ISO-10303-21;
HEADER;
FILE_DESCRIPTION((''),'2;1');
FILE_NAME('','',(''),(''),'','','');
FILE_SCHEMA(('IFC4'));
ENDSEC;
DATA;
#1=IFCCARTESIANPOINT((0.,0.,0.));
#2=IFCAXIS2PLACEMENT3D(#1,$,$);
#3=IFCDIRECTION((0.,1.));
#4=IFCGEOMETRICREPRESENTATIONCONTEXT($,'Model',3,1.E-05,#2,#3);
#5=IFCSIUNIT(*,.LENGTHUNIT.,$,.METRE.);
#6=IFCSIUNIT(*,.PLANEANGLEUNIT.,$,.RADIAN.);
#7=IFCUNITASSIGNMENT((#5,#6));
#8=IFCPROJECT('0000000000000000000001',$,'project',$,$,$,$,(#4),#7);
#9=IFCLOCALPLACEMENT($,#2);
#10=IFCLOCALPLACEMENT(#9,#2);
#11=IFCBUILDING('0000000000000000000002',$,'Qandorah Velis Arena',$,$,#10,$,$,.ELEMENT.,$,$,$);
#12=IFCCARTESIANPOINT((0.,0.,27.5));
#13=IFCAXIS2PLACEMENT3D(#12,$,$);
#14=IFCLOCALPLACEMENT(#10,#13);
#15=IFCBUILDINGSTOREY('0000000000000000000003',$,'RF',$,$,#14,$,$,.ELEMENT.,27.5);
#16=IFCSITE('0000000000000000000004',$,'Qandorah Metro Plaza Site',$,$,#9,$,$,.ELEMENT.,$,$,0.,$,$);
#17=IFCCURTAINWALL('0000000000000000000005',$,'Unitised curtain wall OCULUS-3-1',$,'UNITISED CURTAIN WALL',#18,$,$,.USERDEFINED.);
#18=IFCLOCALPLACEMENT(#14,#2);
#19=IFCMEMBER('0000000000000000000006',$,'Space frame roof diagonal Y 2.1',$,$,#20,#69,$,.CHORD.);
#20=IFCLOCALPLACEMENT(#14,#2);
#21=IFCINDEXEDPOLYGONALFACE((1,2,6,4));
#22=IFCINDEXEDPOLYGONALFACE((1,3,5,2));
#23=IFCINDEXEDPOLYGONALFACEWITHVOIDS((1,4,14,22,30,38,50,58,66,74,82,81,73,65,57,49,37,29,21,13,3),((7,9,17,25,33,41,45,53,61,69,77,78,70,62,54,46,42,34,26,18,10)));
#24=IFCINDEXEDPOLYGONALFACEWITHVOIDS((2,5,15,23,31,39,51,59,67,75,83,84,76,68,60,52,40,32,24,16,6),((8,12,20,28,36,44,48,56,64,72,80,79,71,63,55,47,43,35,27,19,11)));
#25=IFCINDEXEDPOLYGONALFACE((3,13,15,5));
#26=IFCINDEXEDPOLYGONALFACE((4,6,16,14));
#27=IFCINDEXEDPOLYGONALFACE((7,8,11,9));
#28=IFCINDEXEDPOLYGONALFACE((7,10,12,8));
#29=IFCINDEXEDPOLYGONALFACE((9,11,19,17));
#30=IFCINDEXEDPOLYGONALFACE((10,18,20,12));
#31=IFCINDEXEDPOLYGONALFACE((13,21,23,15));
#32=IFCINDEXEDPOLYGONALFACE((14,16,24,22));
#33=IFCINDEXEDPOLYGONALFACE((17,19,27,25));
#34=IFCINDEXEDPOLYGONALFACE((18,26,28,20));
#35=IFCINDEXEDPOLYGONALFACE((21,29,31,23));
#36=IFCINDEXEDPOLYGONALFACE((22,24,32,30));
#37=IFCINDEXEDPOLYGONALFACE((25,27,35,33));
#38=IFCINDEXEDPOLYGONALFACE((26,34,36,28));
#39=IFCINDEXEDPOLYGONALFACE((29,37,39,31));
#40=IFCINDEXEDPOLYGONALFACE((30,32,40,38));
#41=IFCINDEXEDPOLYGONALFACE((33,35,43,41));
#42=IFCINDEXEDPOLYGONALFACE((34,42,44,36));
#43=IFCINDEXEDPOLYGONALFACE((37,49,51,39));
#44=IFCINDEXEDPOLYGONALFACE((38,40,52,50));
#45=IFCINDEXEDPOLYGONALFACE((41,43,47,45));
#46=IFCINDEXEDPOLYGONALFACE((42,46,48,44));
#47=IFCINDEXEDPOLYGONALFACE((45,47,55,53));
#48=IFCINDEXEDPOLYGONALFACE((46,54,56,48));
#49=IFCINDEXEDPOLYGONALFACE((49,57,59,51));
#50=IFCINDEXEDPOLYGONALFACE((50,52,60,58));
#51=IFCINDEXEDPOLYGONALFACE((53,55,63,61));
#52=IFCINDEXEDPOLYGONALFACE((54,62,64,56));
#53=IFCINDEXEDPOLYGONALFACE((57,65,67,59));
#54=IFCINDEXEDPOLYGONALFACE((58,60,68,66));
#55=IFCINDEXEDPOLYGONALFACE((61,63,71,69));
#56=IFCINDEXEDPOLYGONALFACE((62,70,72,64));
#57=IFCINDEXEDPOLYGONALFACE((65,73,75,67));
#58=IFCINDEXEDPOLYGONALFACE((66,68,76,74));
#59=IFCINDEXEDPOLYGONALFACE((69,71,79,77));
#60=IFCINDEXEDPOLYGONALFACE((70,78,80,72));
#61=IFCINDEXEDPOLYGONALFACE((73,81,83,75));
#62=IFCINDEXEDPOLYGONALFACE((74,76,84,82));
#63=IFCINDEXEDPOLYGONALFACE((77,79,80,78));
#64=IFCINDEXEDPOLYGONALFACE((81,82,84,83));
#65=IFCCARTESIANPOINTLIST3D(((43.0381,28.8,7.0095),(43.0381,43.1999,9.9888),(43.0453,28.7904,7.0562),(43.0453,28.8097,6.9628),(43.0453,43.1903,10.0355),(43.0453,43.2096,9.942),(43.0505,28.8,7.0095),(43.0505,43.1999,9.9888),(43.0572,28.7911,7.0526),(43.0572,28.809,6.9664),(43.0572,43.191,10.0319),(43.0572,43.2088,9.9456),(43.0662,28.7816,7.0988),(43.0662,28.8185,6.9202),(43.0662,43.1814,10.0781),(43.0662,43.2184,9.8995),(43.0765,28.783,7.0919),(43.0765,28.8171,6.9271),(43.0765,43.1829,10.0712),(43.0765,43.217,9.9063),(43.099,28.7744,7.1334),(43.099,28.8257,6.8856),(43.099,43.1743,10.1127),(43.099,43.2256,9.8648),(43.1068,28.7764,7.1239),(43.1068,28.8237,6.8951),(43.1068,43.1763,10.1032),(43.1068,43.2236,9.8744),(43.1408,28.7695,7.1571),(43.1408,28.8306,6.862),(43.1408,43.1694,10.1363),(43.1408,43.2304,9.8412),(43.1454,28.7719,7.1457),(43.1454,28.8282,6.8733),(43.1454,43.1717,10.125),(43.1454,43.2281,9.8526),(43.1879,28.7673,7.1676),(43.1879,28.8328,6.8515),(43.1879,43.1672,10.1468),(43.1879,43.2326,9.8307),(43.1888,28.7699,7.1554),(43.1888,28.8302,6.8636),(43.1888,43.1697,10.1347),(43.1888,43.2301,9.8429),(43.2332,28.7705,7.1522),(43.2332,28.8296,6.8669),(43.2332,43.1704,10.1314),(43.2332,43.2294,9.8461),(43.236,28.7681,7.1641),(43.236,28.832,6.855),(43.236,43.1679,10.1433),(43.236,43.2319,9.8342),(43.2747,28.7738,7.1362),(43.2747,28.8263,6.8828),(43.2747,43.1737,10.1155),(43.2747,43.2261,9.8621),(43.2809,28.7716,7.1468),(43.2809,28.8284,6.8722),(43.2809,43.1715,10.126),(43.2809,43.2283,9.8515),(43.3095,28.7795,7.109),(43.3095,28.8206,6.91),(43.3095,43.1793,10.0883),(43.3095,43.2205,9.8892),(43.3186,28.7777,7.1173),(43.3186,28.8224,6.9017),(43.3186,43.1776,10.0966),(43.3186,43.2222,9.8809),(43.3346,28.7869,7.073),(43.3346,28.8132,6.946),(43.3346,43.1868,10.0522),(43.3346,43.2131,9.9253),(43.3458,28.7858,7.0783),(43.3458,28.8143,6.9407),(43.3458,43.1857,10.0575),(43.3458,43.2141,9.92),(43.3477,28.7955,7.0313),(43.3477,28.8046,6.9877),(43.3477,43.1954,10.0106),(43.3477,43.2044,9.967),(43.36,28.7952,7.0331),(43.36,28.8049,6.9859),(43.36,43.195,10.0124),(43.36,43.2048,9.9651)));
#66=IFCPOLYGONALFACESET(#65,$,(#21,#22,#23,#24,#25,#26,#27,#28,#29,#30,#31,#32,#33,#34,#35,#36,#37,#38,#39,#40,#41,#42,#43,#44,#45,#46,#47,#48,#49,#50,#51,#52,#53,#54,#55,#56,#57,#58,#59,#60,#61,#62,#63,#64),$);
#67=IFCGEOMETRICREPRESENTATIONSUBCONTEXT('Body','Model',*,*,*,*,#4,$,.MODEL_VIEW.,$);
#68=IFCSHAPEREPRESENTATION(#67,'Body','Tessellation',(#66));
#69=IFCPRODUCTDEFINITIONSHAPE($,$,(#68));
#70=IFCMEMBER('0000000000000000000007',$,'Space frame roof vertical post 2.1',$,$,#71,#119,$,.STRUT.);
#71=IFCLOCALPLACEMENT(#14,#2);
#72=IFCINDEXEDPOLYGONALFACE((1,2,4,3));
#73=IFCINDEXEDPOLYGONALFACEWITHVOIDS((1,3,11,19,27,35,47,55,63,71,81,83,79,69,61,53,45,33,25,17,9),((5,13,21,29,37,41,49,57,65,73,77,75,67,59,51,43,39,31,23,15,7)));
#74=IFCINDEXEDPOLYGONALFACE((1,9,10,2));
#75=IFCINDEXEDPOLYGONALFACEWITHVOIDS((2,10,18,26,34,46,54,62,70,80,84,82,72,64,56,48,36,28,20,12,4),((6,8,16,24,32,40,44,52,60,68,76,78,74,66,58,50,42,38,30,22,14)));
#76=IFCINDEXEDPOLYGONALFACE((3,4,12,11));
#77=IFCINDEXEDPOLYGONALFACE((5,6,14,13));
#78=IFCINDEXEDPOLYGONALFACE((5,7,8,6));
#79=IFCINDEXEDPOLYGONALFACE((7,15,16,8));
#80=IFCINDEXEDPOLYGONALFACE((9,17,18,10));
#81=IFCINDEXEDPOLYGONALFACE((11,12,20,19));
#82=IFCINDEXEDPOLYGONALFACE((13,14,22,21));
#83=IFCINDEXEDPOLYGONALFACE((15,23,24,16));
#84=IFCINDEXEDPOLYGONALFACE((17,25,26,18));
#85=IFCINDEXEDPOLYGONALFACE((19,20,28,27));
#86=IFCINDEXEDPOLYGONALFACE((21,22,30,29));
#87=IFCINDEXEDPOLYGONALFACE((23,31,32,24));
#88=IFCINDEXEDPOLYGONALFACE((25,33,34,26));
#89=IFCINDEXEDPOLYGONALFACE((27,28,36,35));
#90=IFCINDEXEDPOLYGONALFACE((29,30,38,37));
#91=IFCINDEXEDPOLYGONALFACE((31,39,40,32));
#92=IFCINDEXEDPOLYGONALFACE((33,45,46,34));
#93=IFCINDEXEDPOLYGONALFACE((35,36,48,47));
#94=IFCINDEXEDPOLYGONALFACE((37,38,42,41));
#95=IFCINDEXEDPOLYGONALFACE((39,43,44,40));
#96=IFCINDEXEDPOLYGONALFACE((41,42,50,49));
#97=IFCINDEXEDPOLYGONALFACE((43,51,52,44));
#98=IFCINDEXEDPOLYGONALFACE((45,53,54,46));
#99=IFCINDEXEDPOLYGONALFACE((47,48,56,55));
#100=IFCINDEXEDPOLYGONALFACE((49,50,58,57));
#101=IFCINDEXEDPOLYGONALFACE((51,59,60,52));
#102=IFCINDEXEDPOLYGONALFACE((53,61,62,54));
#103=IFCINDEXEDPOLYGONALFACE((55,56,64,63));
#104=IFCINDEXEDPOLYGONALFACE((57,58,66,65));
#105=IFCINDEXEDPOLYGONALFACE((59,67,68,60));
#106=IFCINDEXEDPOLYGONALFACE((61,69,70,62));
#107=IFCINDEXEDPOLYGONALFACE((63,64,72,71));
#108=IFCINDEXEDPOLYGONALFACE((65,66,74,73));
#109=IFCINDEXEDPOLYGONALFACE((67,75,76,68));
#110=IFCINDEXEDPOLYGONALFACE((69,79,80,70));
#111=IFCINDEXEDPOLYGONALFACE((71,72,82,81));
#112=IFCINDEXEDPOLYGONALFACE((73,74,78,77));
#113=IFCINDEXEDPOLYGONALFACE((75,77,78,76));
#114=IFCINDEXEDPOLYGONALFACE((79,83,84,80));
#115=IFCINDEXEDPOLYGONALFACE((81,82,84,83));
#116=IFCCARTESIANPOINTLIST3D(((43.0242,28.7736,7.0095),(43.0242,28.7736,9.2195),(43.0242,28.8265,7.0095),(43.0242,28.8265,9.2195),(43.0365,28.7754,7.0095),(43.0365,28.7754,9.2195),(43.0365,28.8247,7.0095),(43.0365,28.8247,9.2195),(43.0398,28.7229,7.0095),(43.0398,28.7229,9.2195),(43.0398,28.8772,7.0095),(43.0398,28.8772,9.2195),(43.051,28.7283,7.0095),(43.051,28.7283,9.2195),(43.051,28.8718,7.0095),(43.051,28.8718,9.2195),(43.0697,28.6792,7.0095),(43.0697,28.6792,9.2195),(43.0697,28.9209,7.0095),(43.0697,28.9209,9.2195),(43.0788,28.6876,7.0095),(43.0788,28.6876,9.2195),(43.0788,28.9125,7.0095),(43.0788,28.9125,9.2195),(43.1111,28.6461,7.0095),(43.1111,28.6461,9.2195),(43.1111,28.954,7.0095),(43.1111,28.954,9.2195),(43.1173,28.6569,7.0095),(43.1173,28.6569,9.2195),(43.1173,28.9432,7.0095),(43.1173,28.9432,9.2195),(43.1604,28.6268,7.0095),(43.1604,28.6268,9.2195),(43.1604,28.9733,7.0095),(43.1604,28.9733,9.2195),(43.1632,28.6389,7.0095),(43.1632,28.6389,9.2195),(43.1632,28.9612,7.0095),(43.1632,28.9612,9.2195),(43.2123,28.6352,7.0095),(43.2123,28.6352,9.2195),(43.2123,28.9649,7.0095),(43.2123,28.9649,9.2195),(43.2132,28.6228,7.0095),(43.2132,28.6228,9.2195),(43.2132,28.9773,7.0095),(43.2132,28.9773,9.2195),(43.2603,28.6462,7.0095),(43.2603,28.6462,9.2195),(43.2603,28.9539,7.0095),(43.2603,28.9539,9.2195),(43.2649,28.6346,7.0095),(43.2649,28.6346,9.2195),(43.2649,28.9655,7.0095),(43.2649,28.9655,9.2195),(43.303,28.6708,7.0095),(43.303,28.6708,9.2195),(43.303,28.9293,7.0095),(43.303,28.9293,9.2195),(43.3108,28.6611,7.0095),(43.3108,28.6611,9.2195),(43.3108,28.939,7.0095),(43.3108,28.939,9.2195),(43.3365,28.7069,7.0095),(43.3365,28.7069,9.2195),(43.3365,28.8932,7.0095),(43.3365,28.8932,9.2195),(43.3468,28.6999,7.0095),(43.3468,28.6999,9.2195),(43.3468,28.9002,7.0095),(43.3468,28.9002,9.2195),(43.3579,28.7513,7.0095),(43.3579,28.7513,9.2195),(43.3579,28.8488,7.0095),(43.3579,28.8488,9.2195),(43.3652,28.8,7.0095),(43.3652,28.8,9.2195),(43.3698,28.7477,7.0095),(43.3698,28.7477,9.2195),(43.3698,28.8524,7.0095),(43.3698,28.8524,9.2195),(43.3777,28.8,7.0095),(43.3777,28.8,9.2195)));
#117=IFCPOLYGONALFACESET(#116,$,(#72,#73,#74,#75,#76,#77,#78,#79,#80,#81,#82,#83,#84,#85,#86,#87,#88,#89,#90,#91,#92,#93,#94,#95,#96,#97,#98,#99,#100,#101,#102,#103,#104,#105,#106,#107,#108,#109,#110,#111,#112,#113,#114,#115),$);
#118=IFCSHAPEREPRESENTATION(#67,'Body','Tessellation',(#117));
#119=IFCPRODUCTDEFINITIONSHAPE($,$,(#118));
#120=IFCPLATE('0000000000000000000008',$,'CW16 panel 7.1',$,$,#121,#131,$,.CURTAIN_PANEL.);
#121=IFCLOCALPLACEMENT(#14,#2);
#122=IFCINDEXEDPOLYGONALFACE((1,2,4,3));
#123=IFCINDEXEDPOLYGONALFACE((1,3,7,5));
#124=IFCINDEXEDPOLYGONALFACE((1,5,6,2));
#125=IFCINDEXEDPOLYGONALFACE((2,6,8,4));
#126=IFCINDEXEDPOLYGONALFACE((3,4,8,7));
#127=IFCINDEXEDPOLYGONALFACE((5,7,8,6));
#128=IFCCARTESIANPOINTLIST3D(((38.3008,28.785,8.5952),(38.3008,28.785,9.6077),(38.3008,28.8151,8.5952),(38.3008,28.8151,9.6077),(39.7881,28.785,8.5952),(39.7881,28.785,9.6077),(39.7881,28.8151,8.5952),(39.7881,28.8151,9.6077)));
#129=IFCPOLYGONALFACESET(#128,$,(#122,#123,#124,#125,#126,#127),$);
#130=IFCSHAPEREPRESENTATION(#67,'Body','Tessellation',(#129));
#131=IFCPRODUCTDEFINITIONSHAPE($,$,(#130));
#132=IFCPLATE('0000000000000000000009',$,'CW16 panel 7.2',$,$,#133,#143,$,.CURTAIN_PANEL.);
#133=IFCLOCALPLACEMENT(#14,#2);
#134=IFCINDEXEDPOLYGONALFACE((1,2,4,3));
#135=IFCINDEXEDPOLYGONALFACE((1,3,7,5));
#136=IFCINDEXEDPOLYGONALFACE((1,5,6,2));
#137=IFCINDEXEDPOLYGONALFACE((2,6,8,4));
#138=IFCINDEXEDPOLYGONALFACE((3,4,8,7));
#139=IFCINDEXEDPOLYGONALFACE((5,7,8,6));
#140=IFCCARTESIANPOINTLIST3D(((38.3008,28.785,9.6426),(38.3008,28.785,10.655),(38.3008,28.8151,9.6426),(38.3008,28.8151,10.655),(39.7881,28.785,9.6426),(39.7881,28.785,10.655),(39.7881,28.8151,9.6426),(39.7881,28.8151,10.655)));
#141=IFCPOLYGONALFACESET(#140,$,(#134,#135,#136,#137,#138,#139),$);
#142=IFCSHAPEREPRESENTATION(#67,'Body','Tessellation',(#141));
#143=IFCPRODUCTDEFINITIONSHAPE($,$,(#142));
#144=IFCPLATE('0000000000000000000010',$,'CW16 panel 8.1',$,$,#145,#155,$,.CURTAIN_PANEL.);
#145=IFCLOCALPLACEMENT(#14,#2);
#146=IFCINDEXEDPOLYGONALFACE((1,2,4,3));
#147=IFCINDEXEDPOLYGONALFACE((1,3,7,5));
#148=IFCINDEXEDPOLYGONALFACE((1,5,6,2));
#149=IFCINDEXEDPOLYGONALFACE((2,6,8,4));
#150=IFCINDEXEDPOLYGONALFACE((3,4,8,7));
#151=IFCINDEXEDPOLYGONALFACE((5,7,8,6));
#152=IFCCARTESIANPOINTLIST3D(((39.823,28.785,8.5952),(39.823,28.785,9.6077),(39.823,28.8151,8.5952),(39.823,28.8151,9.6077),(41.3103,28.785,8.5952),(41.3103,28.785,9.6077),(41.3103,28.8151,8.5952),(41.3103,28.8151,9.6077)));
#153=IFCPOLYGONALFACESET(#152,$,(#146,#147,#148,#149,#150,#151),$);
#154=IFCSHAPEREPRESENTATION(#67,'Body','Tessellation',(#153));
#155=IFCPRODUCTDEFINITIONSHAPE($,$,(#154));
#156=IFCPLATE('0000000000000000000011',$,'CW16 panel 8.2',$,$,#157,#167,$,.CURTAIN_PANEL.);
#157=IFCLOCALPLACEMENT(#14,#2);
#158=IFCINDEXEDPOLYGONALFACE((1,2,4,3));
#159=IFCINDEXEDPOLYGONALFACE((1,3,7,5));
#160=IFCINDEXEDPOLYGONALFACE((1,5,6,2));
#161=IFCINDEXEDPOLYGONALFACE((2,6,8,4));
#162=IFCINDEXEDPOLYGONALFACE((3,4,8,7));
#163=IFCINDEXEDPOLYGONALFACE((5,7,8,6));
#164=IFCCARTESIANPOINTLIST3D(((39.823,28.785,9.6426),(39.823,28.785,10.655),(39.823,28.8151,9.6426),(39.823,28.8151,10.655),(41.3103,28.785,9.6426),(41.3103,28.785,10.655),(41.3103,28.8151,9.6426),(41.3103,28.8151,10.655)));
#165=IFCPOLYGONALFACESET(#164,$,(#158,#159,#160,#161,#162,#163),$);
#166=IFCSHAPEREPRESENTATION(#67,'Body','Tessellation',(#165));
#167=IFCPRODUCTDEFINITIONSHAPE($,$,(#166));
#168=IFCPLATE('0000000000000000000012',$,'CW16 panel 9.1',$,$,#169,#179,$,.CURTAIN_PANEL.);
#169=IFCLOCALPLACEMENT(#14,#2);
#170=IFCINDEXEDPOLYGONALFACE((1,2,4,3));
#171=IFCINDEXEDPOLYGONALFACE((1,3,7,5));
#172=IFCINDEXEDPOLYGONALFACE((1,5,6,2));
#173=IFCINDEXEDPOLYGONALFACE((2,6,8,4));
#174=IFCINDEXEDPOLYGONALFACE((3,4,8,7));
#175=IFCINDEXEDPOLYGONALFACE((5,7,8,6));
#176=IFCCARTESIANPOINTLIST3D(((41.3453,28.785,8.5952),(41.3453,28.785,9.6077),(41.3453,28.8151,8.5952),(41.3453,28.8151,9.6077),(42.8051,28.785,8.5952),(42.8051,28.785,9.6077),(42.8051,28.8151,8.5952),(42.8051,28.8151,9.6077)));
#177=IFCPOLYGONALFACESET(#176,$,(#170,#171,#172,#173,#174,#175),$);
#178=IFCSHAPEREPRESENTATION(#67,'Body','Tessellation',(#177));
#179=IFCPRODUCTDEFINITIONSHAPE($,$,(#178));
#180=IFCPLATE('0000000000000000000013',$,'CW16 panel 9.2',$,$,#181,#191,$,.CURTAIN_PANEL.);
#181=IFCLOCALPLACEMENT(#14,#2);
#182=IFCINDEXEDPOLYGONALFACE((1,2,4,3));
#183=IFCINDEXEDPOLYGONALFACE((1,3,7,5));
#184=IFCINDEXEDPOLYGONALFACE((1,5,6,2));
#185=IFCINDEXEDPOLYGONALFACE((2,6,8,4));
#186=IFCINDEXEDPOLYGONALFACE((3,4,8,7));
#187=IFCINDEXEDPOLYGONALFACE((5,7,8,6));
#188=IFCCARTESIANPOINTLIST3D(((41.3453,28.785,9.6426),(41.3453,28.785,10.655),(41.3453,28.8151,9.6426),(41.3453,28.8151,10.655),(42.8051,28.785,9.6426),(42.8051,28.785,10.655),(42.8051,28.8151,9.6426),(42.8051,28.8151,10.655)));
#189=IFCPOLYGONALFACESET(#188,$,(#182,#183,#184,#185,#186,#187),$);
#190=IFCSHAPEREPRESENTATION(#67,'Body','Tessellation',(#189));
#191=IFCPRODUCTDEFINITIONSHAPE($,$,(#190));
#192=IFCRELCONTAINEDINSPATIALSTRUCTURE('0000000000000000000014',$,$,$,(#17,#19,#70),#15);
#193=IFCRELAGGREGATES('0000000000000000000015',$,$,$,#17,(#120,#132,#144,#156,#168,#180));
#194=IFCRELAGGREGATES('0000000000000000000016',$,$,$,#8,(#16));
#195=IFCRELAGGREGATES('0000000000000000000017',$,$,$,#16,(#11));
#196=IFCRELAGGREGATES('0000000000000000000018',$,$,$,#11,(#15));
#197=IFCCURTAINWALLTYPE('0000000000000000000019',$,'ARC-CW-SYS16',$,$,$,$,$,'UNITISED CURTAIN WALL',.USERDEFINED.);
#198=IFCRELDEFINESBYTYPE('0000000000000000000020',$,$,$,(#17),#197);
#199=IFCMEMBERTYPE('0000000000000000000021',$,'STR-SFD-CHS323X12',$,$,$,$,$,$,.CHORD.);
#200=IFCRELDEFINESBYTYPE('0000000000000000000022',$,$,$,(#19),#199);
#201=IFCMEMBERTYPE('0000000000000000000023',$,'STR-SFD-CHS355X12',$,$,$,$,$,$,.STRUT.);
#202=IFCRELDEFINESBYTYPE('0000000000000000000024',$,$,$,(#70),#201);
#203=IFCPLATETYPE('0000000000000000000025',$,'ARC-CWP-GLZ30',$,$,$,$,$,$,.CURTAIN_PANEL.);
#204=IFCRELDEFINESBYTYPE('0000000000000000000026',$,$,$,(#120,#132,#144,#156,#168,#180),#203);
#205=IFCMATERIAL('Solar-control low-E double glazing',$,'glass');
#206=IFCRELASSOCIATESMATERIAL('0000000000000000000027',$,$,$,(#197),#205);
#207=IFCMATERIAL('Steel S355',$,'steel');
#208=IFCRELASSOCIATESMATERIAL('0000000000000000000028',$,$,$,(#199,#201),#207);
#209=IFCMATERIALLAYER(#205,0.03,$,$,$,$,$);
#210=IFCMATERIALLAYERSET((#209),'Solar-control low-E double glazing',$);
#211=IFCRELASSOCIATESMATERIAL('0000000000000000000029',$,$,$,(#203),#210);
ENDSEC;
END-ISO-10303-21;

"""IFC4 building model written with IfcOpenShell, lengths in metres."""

from ifc_helpers import new_model, si_unit, direction, frame, origin, origin_2d, place, context, subcontext, project, spatial, rectangle, hollow_circle, extrude, material, layer, layer_set, material_profile, profile_set, type_object, element, aggregate, save


model = new_model("IFC4")

# Units and contexts
model_context = context("Model", 3, precision=1e-05, world=origin(), true_north=direction((0.0, 1.0)))
body_context = subcontext(model_context, "Body", "Model", "MODEL_VIEW")
ifc_project = project(units=[si_unit("LENGTHUNIT", "METRE"), si_unit("PLANEANGLEUNIT", "RADIAN")], contexts=[model_context])

# Site, building, storey
site_placement = place(None, origin())
site = spatial("IfcSite", under=ifc_project, at=site_placement, Name="Qandorah Metro Plaza Site", CompositionType="ELEMENT", RefElevation=0.0)
building_placement = place(site_placement, origin())
building = spatial("IfcBuilding", under=site, at=building_placement, Name="Qandorah Velis Arena", CompositionType="ELEMENT")
storey_placement = place(building_placement, frame((0.0, 0.0, 27.5)))
storey = spatial("IfcBuildingStorey", under=building, at=storey_placement, Name="RF", CompositionType="ELEMENT", Elevation=27.5)

# Curtain wall
ifc_material_1 = material(Name="Solar-control low-E double glazing", Category="glass")
curtain_wall_type_1 = type_object("IfcCurtainWallType", Name="ARC-CW-SYS16", ElementType="UNITISED CURTAIN WALL", PredefinedType="USERDEFINED", material=ifc_material_1)
curtain_wall_1_placement = place(storey_placement, origin())
curtain_wall_1 = element("IfcCurtainWall", 1, at=curtain_wall_1_placement, inside=storey, type_object=curtain_wall_type_1, Name="Unitised curtain wall OCULUS-3-1", ObjectType="UNITISED CURTAIN WALL", PredefinedType="USERDEFINED")

# Shared definitions
ifc_material_2 = material(Name="Steel S355", Category="steel")

# Members
ifc_material_profile_1 = material_profile(ifc_material_2, hollow_circle(Radius=0.1619, WallThickness=0.0125, at=origin_2d()), Name="CHS 323.9x12.5")
ifc_profile_set_1 = profile_set([ifc_material_profile_1], Name="Steel S355")
member_type_1 = type_object("IfcMemberType", Name="STR-SFD-CHS323X12", PredefinedType="CHORD", material=ifc_profile_set_1)
member_1_placement = place(storey_placement, frame((43.2, 28.8, 7.0095), z_axis=(0.0, 0.979261, 0.202603), x_axis=(-1.0, 0.0, 0.0)))
element("IfcMember", 2, at=member_1_placement, inside=storey, type_object=member_type_1, Name="Space frame roof diagonal Y 2.1", PredefinedType="CHORD", context=body_context, shape_type="SweptSolid", body=[
    extrude(hollow_circle(Radius=0.1619, WallThickness=0.0125, at=origin_2d()), origin(), (0.0, 0.0, 1.0), 14.7048),
])
ifc_material_profile_2 = material_profile(ifc_material_2, hollow_circle(Radius=0.1777, WallThickness=0.0125, at=origin_2d()), Name="CHS 355.6x12.5")
ifc_profile_set_2 = profile_set([ifc_material_profile_2], Name="Steel S355")
member_type_2 = type_object("IfcMemberType", Name="STR-SFD-CHS355X12", PredefinedType="STRUT", material=ifc_profile_set_2)
member_2_placement = place(storey_placement, frame((43.2, 28.8, 7.0095), z_axis=(0.0, 0.0, 1.0), x_axis=(1.0, 0.0, 0.0)))
element("IfcMember", 3, at=member_2_placement, inside=storey, type_object=member_type_2, Name="Space frame roof vertical post 2.1", PredefinedType="STRUT", context=body_context, shape_type="SweptSolid", body=[
    extrude(hollow_circle(Radius=0.1777, WallThickness=0.0125, at=origin_2d()), origin(), (0.0, 0.0, 1.0), 2.21),
])

# Plates
ifc_layer = layer(ifc_material_1, 0.03)
ifc_layer_set = layer_set([ifc_layer], Name="Solar-control low-E double glazing")
plate_type = type_object("IfcPlateType", Name="ARC-CWP-GLZ30", PredefinedType="CURTAIN_PANEL", material=ifc_layer_set)
plate_1_placement = place(storey_placement, frame((39.0444, 28.8, 8.5952), z_axis=(0.0, 0.0, 1.0), x_axis=(1.0, 0.0, 0.0)))
plate_1 = element("IfcPlate", 4, at=plate_1_placement, type_object=plate_type, Name="CW16 panel 7.1", PredefinedType="CURTAIN_PANEL", context=body_context, shape_type="SweptSolid", body=[
    extrude(rectangle(XDim=1.4873, YDim=0.03, at=origin_2d()), origin(), (0.0, 0.0, 1.0), 1.0125),
])
plate_2_placement = place(storey_placement, frame((39.0444, 28.8, 9.6426), z_axis=(0.0, 0.0, 1.0), x_axis=(1.0, 0.0, 0.0)))
plate_2 = element("IfcPlate", 5, at=plate_2_placement, type_object=plate_type, Name="CW16 panel 7.2", PredefinedType="CURTAIN_PANEL", context=body_context, shape_type="SweptSolid", body=[
    extrude(rectangle(XDim=1.4873, YDim=0.03, at=origin_2d()), origin(), (0.0, 0.0, 1.0), 1.0125),
])
plate_3_placement = place(storey_placement, frame((40.5667, 28.8, 8.5952), z_axis=(0.0, 0.0, 1.0), x_axis=(1.0, 0.0, 0.0)))
plate_3 = element("IfcPlate", 6, at=plate_3_placement, type_object=plate_type, Name="CW16 panel 8.1", PredefinedType="CURTAIN_PANEL", context=body_context, shape_type="SweptSolid", body=[
    extrude(rectangle(XDim=1.4873, YDim=0.03, at=origin_2d()), origin(), (0.0, 0.0, 1.0), 1.0125),
])
plate_4_placement = place(storey_placement, frame((40.5667, 28.8, 9.6426), z_axis=(0.0, 0.0, 1.0), x_axis=(1.0, 0.0, 0.0)))
plate_4 = element("IfcPlate", 7, at=plate_4_placement, type_object=plate_type, Name="CW16 panel 8.2", PredefinedType="CURTAIN_PANEL", context=body_context, shape_type="SweptSolid", body=[
    extrude(rectangle(XDim=1.4873, YDim=0.03, at=origin_2d()), origin(), (0.0, 0.0, 1.0), 1.0125),
])
plate_5_placement = place(storey_placement, frame((42.0752, 28.8, 8.5952), z_axis=(0.0, 0.0, 1.0), x_axis=(1.0, 0.0, 0.0)))
plate_5 = element("IfcPlate", 8, at=plate_5_placement, type_object=plate_type, Name="CW16 panel 9.1", PredefinedType="CURTAIN_PANEL", context=body_context, shape_type="SweptSolid", body=[
    extrude(rectangle(XDim=1.4597, YDim=0.03, at=origin_2d()), origin(), (0.0, 0.0, 1.0), 1.0125),
])
plate_6_placement = place(storey_placement, frame((42.0752, 28.8, 9.6426), z_axis=(0.0, 0.0, 1.0), x_axis=(1.0, 0.0, 0.0)))
plate_6 = element("IfcPlate", 9, at=plate_6_placement, type_object=plate_type, Name="CW16 panel 9.2", PredefinedType="CURTAIN_PANEL", context=body_context, shape_type="SweptSolid", body=[
    extrude(rectangle(XDim=1.4597, YDim=0.03, at=origin_2d()), origin(), (0.0, 0.0, 1.0), 1.0125),
])
aggregate(curtain_wall_1, [plate_1, plate_2, plate_3, plate_4, plate_5, plate_6])

save(model, "model.ifc")
